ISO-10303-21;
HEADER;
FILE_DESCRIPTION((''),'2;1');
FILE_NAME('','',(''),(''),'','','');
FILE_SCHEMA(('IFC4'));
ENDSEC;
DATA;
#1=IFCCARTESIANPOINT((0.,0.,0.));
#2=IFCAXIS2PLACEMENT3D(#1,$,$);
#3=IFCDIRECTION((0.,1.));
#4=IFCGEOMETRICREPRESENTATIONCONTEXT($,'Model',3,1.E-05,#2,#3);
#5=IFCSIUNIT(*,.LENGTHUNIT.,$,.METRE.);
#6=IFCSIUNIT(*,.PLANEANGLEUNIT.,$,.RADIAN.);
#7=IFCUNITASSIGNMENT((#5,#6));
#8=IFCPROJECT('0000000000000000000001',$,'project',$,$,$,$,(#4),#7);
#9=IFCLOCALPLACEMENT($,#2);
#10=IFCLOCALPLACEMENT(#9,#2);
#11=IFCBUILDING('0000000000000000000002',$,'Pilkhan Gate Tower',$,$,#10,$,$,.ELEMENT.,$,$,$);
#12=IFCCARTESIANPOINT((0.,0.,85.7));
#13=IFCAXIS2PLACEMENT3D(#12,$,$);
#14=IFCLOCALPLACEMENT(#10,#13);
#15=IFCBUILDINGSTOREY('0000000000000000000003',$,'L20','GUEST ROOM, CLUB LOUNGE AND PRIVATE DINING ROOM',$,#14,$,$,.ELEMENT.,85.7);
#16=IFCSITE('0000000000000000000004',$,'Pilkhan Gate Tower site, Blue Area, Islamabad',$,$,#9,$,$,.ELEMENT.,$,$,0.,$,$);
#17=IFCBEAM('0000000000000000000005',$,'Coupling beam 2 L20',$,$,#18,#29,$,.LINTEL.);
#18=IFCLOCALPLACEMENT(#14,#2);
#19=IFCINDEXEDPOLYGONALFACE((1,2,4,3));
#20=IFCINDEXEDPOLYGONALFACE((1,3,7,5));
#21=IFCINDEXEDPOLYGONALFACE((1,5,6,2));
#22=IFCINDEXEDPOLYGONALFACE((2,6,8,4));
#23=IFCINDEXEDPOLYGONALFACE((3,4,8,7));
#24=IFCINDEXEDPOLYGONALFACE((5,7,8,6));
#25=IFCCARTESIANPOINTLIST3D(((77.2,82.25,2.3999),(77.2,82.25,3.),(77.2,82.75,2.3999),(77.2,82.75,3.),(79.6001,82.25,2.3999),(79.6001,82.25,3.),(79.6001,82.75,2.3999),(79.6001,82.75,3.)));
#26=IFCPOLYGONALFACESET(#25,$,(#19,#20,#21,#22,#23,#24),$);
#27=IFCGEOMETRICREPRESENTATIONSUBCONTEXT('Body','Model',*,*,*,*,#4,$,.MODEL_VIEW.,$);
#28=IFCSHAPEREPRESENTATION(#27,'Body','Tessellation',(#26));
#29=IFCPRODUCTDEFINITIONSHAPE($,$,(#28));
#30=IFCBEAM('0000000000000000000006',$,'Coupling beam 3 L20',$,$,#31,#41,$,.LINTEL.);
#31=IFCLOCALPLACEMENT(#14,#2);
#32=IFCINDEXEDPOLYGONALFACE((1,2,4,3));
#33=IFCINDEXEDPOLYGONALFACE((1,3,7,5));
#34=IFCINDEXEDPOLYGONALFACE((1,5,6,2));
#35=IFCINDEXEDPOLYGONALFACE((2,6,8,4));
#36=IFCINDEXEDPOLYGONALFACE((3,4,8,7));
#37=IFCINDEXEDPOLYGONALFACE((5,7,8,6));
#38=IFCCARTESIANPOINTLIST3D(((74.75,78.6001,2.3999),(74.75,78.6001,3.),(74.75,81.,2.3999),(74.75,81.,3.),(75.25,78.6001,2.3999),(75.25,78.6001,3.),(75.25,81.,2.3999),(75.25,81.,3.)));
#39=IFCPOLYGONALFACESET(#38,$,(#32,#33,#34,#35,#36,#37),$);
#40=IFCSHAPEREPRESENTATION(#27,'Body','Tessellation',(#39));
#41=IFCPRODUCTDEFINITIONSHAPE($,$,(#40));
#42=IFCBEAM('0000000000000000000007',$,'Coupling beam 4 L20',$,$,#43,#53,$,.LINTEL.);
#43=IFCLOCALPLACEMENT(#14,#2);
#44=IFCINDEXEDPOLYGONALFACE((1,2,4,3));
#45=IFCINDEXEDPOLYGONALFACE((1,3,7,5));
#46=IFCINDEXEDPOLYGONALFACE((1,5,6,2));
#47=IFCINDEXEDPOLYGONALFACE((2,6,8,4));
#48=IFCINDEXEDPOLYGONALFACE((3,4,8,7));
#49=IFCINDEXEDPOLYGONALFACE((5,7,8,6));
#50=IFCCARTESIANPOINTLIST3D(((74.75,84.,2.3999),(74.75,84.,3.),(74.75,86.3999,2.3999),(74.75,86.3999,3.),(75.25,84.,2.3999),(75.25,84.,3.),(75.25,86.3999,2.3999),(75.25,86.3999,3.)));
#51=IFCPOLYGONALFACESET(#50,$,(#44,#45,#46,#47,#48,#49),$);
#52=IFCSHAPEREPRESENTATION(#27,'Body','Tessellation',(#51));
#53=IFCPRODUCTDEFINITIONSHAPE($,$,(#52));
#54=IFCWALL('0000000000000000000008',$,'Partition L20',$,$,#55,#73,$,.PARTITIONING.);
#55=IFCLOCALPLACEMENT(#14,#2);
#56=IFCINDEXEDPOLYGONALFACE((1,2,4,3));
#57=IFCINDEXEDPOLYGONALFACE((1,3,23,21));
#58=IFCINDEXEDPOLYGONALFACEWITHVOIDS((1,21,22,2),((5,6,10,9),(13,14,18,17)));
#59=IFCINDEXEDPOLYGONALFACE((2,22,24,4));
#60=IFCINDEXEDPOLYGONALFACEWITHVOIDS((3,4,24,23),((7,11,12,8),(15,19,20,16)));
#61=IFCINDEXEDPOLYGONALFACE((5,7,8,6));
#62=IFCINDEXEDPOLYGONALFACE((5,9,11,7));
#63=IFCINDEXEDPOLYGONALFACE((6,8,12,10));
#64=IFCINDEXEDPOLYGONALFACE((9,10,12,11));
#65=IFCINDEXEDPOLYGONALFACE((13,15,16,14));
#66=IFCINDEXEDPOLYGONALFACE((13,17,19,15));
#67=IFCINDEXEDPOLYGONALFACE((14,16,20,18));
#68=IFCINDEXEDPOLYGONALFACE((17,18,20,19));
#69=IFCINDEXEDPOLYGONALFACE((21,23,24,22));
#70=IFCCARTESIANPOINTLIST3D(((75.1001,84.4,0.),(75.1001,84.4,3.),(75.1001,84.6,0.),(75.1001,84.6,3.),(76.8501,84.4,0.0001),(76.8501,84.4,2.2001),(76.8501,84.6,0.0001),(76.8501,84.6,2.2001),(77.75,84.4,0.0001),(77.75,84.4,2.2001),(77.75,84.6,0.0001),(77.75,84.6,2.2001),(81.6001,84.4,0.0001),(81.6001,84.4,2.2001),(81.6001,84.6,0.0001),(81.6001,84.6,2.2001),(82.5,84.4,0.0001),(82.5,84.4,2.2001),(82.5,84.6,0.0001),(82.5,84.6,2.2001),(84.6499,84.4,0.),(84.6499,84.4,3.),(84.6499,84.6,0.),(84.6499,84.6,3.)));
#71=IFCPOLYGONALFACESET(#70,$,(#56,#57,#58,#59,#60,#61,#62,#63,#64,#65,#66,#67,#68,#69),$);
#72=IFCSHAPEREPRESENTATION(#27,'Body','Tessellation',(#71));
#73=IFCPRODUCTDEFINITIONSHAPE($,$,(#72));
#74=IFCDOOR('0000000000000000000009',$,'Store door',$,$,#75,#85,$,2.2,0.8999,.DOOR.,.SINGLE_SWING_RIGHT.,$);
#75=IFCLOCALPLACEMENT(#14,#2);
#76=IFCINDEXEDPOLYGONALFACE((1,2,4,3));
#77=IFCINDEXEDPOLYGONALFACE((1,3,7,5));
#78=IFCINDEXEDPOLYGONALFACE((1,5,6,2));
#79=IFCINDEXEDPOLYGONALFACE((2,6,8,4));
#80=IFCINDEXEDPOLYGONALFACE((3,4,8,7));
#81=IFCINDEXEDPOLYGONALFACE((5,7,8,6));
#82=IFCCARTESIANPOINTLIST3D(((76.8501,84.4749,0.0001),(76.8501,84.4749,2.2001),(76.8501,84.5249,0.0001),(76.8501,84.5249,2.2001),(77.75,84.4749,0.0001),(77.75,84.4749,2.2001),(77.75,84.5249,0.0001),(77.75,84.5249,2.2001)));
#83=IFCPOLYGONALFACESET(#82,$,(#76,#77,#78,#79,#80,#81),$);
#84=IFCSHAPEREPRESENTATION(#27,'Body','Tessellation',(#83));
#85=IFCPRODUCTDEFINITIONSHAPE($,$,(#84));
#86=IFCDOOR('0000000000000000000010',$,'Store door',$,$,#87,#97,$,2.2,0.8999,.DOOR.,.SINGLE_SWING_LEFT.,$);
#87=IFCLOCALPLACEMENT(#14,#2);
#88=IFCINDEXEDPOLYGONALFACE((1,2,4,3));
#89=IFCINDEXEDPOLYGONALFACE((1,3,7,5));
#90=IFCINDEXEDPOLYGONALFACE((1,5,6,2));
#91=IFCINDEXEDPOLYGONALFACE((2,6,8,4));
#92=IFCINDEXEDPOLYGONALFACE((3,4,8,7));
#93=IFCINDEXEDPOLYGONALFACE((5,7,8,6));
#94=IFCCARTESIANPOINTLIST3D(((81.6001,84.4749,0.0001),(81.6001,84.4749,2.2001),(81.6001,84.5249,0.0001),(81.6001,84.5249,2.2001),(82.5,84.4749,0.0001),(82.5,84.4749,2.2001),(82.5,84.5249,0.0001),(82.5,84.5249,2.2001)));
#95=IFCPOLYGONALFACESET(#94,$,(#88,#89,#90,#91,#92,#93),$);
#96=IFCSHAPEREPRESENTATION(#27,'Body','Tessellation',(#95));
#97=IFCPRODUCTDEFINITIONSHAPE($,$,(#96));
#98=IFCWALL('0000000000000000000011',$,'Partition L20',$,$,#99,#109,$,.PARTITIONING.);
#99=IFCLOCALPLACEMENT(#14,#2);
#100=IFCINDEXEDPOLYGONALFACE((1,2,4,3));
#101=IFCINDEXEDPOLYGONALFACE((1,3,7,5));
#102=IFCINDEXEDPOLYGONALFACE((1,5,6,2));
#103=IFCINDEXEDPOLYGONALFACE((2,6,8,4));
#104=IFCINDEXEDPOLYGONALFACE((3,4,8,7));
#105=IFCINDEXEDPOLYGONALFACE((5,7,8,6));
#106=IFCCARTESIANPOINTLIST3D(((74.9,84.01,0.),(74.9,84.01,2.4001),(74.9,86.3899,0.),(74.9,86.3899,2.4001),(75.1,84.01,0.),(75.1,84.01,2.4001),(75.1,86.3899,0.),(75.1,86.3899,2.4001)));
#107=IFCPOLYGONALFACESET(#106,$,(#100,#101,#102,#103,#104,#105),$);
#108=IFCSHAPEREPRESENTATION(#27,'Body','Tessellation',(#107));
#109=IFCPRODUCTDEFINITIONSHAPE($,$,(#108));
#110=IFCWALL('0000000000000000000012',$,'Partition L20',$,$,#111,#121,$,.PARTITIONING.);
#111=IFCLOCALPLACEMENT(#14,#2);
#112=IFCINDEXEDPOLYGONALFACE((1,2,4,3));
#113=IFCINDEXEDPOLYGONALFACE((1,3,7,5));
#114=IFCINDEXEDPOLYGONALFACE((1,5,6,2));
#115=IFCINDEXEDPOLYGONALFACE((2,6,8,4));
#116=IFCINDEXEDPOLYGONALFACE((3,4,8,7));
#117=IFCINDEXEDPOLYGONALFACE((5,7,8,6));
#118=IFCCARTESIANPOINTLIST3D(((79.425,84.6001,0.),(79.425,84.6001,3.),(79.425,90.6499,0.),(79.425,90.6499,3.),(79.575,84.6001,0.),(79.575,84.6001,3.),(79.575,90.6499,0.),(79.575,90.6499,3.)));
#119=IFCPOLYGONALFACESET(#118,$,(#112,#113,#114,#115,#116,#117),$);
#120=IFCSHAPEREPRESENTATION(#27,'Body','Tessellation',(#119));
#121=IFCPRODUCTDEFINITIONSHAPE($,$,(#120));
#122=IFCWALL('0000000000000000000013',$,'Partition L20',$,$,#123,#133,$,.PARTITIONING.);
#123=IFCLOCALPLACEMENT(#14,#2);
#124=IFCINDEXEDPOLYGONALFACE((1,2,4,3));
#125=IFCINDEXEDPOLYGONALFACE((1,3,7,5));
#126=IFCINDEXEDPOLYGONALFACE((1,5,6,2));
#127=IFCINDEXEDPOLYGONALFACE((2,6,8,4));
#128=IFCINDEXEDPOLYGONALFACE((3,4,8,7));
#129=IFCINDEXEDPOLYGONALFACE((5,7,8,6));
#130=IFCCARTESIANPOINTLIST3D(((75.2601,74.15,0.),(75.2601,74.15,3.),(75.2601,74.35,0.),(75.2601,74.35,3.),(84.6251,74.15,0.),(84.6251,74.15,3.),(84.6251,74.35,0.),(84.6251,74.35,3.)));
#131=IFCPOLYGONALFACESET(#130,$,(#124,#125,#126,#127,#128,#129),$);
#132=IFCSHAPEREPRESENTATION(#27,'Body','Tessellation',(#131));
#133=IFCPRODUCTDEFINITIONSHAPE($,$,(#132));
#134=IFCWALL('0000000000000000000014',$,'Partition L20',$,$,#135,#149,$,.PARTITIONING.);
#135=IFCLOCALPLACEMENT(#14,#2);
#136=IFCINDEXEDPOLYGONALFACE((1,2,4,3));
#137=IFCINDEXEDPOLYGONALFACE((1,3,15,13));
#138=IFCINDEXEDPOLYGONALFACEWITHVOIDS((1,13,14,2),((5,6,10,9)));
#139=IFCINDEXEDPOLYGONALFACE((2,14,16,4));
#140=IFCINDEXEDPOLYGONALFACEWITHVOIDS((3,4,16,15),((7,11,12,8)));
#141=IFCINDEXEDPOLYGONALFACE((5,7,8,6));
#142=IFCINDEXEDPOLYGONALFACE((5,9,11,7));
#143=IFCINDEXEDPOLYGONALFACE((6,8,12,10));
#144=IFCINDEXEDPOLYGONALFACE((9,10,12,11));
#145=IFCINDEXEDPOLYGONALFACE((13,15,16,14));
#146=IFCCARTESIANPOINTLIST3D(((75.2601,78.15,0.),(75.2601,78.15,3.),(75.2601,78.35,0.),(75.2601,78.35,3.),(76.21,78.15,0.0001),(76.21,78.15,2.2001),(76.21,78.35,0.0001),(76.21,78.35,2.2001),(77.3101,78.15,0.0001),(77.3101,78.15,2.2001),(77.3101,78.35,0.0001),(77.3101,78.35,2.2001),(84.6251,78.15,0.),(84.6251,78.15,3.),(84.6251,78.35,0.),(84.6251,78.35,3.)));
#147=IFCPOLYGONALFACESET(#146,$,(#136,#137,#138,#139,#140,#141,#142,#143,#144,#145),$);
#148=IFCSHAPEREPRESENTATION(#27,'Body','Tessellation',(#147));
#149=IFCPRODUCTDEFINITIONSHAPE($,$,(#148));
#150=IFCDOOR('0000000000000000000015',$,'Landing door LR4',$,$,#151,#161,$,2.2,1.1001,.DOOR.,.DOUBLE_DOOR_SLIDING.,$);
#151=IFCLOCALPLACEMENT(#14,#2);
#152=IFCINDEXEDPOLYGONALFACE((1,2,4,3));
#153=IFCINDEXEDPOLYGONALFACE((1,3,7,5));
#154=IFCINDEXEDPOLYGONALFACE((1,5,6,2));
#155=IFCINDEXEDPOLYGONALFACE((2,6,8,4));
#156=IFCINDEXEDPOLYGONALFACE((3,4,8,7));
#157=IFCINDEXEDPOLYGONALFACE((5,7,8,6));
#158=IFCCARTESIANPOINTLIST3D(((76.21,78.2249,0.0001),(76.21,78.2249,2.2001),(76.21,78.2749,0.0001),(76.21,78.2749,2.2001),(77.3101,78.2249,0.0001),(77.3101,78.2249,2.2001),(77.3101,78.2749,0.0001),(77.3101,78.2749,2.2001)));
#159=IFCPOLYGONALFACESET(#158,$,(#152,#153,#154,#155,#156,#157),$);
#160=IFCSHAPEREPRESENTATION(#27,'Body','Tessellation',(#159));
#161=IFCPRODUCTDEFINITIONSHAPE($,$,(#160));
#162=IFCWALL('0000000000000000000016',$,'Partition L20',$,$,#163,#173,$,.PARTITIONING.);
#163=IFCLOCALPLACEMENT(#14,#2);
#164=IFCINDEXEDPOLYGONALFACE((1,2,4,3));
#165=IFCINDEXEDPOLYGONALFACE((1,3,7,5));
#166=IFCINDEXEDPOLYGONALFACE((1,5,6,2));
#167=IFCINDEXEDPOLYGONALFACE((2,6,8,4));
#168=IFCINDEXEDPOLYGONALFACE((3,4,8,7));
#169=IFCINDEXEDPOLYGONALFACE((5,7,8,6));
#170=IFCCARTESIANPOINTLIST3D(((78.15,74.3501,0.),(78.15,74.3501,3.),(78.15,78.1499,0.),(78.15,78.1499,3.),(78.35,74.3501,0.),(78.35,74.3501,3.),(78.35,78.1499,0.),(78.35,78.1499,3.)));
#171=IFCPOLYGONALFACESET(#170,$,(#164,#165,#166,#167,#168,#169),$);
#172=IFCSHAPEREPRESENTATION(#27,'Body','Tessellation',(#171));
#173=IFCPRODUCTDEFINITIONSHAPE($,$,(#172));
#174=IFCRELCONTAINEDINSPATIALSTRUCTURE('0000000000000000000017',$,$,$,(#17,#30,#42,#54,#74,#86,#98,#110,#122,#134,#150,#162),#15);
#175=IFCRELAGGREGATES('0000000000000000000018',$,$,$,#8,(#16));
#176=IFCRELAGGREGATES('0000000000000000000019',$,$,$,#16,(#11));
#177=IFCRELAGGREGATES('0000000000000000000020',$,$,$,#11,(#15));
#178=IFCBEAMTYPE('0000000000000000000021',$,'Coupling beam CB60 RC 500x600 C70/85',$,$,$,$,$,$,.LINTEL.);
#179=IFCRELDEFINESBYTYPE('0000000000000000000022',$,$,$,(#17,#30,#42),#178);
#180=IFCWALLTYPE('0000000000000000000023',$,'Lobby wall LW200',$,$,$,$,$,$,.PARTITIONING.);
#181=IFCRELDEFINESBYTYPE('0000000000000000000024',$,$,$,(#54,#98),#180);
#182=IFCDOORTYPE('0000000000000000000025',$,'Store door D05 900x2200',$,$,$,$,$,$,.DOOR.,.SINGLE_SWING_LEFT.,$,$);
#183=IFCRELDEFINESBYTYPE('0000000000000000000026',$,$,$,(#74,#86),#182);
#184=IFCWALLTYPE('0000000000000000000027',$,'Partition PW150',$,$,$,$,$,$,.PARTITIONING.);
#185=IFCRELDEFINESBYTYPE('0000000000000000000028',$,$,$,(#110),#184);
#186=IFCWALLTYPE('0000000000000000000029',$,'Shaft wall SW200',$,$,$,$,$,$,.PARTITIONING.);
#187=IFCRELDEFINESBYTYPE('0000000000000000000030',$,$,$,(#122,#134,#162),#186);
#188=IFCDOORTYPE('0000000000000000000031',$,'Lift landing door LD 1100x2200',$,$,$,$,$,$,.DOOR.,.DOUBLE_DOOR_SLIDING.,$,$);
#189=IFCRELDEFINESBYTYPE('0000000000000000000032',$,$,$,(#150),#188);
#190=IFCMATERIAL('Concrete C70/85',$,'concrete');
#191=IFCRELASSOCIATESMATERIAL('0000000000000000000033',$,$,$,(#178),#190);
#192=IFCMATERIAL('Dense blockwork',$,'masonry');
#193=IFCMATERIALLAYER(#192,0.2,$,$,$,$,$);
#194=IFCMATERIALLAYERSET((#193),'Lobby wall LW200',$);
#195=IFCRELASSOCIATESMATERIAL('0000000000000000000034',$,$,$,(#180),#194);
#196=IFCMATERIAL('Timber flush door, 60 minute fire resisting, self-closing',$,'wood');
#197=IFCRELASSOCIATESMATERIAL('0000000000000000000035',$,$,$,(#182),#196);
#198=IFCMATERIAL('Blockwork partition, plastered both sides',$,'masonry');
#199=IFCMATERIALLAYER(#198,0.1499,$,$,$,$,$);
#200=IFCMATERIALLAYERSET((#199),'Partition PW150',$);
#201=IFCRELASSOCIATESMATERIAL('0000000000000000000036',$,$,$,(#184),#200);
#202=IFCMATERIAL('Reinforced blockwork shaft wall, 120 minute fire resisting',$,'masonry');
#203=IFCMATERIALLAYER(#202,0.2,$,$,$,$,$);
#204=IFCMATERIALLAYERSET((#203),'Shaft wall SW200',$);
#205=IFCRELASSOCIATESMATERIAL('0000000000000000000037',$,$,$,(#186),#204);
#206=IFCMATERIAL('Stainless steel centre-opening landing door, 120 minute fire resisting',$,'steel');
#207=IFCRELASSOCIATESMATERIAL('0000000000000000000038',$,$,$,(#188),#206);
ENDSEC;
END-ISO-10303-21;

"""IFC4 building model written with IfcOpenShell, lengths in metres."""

from ifc_helpers import new_model, si_unit, direction, frame, frame_2d, origin, origin_2d, place, context, subcontext, project, spatial, rectangle, extrude, material, layer, layer_set, material_profile, profile_set, type_object, element, fill, save


model = new_model("IFC4")

# Units and contexts
model_context = context("Model", 3, precision=1e-05, world=origin(), true_north=direction((0.0, 1.0)))
body_context = subcontext(model_context, "Body", "Model", "MODEL_VIEW")
ifc_project = project(units=[si_unit("LENGTHUNIT", "METRE"), si_unit("PLANEANGLEUNIT", "RADIAN")], contexts=[model_context])

# Site, building, storey
site_placement = place(None, origin())
site = spatial("IfcSite", under=ifc_project, at=site_placement, Name="Pilkhan Gate Tower site, Blue Area, Islamabad", CompositionType="ELEMENT", RefElevation=0.0)
building_placement = place(site_placement, origin())
building = spatial("IfcBuilding", under=site, at=building_placement, Name="Pilkhan Gate Tower", CompositionType="ELEMENT")
storey_placement = place(building_placement, frame((0.0, 0.0, 85.7)))
storey = spatial("IfcBuildingStorey", under=building, at=storey_placement, Name="L20", Description="GUEST ROOM, CLUB LOUNGE AND PRIVATE DINING ROOM", CompositionType="ELEMENT", Elevation=85.7)

# Beams
ifc_material_1 = material(Name="Concrete C70/85", Category="concrete")
ifc_material_profile = material_profile(ifc_material_1, rectangle(XDim=0.5, YDim=0.6001, at=origin_2d()), Name="RC 500x600")
ifc_profile_set = profile_set([ifc_material_profile], Name="Concrete C70/85")
beam_type = type_object("IfcBeamType", Name="Coupling beam CB60 RC 500x600 C70/85", PredefinedType="LINTEL", material=ifc_profile_set)
beam_placement = place(storey_placement, frame((77.2, 82.5, 2.7), z_axis=(1.0, 0.0, 0.0), x_axis=(0.0, 1.0, 0.0)))
element("IfcBeam", 1, at=beam_placement, inside=storey, type_object=beam_type, Name="Coupling beam 2 L20", PredefinedType="LINTEL", context=body_context, shape_type="SweptSolid", body=[
    extrude(rectangle(XDim=0.5, YDim=0.6001, at=origin_2d()), origin(), (0.0, 0.0, 1.0), 2.4001),
])
for number, where, z_axis, x_axis, name in (
    (2, (75.0, 78.6001, 2.7), (0.0, 1.0, 0.0), (-1.0, 0.0, 0.0), "Coupling beam 3 L20"),
    (3, (75.0, 84.0, 2.7), (0.0, 1.0, 0.0), (-1.0, 0.0, 0.0), "Coupling beam 4 L20"),
):
    element("IfcBeam", number, at=place(storey_placement, frame(where, z_axis=z_axis, x_axis=x_axis)), inside=storey, type_object=beam_type, Name=name, PredefinedType="LINTEL", context=body_context, shape_type="SweptSolid", body=[
        extrude(rectangle(XDim=0.5, YDim=0.6001, at=origin_2d()), origin(), (0.0, 0.0, 1.0), 2.3999),
    ])

# Wall, openings, doors
ifc_material_2 = material(Name="Dense blockwork", Category="masonry")
ifc_layer_1 = layer(ifc_material_2, 0.2)
ifc_layer_set_1 = layer_set([ifc_layer_1], Name="Lobby wall LW200")
wall_type_1 = type_object("IfcWallType", Name="Lobby wall LW200", PredefinedType="PARTITIONING", material=ifc_layer_set_1)
wall_1_placement = place(storey_placement, frame((75.1001, 84.5, 0.0), z_axis=(0.0, 0.0, 1.0), x_axis=(1.0, 0.0, 0.0)))
wall_1 = element("IfcWall", 4, at=wall_1_placement, inside=storey, type_object=wall_type_1, Name="Partition L20", PredefinedType="PARTITIONING", context=body_context, shape_type="SweptSolid", body=[
    extrude(rectangle(XDim=9.5498, YDim=0.2, at=frame_2d((4.7749, 0.0))), origin(), (0.0, 0.0, 1.0), 3.0),
])
opening_1_placement = place(wall_1_placement, frame((1.75, 0.0, 0.0)))
opening_1 = element("IfcOpeningElement", 5, at=opening_1_placement, cuts=wall_1, PredefinedType="OPENING", context=body_context, shape_type="SweptSolid", body=[
    extrude(rectangle(XDim=0.8999, YDim=2.2, at=frame_2d((0.45, 1.1001))), frame((0.0, 0.1099, 0.0), z_axis=(0.0, -1.0, 0.0), x_axis=(1.0, 0.0, 0.0)), (0.0, 0.0, 1.0), 0.22),
])
opening_2_placement = place(wall_1_placement, frame((6.5, 0.0, 0.0)))
opening_2 = element("IfcOpeningElement", 6, at=opening_2_placement, cuts=wall_1, PredefinedType="OPENING", context=body_context, shape_type="SweptSolid", body=[
    extrude(rectangle(XDim=0.8999, YDim=2.2, at=frame_2d((0.45, 1.1001))), frame((0.0, 0.1099, 0.0), z_axis=(0.0, -1.0, 0.0), x_axis=(1.0, 0.0, 0.0)), (0.0, 0.0, 1.0), 0.22),
])
ifc_material_3 = material(Name="Timber flush door, 60 minute fire resisting, self-closing", Category="wood")
door_type_1 = type_object("IfcDoorType", Name="Store door D05 900x2200", OperationType="SINGLE_SWING_LEFT", PredefinedType="DOOR", material=ifc_material_3)
door_1_placement = place(opening_1_placement, origin())
door_1 = element("IfcDoor", 7, at=door_1_placement, inside=storey, type_object=door_type_1, Name="Store door", OperationType="SINGLE_SWING_RIGHT", OverallHeight=2.2, OverallWidth=0.8999, PredefinedType="DOOR", context=body_context, shape_type="SweptSolid", body=[
    extrude(rectangle(XDim=0.8999, YDim=2.2, at=frame_2d((0.45, 1.1001))), frame((0.0, 0.0249, 0.0), z_axis=(0.0, -1.0, 0.0), x_axis=(1.0, 0.0, 0.0)), (0.0, 0.0, 1.0), 0.05),
])
fill(opening_1, door_1)
door_2_placement = place(opening_2_placement, origin())
door_2 = element("IfcDoor", 8, at=door_2_placement, inside=storey, type_object=door_type_1, Name="Store door", OperationType="SINGLE_SWING_LEFT", OverallHeight=2.2, OverallWidth=0.8999, PredefinedType="DOOR", context=body_context, shape_type="SweptSolid", body=[
    extrude(rectangle(XDim=0.8999, YDim=2.2, at=frame_2d((0.45, 1.1001))), frame((0.0, 0.0249, 0.0), z_axis=(0.0, -1.0, 0.0), x_axis=(1.0, 0.0, 0.0)), (0.0, 0.0, 1.0), 0.05),
])
fill(opening_2, door_2)

# Walls
wall_2_placement = place(storey_placement, frame((75.0, 84.01, 0.0), z_axis=(0.0, 0.0, 1.0), x_axis=(0.0, 1.0, 0.0)))
element("IfcWall", 9, at=wall_2_placement, inside=storey, type_object=wall_type_1, Name="Partition L20", PredefinedType="PARTITIONING", context=body_context, shape_type="SweptSolid", body=[
    extrude(rectangle(XDim=2.3799, YDim=0.2, at=frame_2d((1.1899, 0.0))), origin(), (0.0, 0.0, 1.0), 2.4001),
])
ifc_material_4 = material(Name="Blockwork partition, plastered both sides", Category="masonry")
ifc_layer_2 = layer(ifc_material_4, 0.1499)
ifc_layer_set_2 = layer_set([ifc_layer_2], Name="Partition PW150")
wall_type_2 = type_object("IfcWallType", Name="Partition PW150", PredefinedType="PARTITIONING", material=ifc_layer_set_2)
wall_3_placement = place(storey_placement, frame((79.5, 84.6001, 0.0), z_axis=(0.0, 0.0, 1.0), x_axis=(0.0, 1.0, 0.0)))
element("IfcWall", 10, at=wall_3_placement, inside=storey, type_object=wall_type_2, Name="Partition L20", PredefinedType="PARTITIONING", context=body_context, shape_type="SweptSolid", body=[
    extrude(rectangle(XDim=6.0498, YDim=0.1499, at=frame_2d((3.0249, 0.0))), origin(), (0.0, 0.0, 1.0), 3.0),
])
ifc_material_5 = material(Name="Reinforced blockwork shaft wall, 120 minute fire resisting", Category="masonry")
ifc_layer_3 = layer(ifc_material_5, 0.2)
ifc_layer_set_3 = layer_set([ifc_layer_3], Name="Shaft wall SW200")
wall_type_3 = type_object("IfcWallType", Name="Shaft wall SW200", PredefinedType="PARTITIONING", material=ifc_layer_set_3)
wall_4_placement = place(storey_placement, frame((75.26, 74.25, 0.0), z_axis=(0.0, 0.0, 1.0), x_axis=(1.0, 0.0, 0.0)))
element("IfcWall", 11, at=wall_4_placement, inside=storey, type_object=wall_type_3, Name="Partition L20", PredefinedType="PARTITIONING", context=body_context, shape_type="SweptSolid", body=[
    extrude(rectangle(XDim=9.365, YDim=0.2, at=frame_2d((4.6826, 0.0))), origin(), (0.0, 0.0, 1.0), 3.0),
])

# Wall, opening, door
wall_5_placement = place(storey_placement, frame((75.26, 78.25, 0.0), z_axis=(0.0, 0.0, 1.0), x_axis=(1.0, 0.0, 0.0)))
wall_5 = element("IfcWall", 12, at=wall_5_placement, inside=storey, type_object=wall_type_3, Name="Partition L20", PredefinedType="PARTITIONING", context=body_context, shape_type="SweptSolid", body=[
    extrude(rectangle(XDim=9.365, YDim=0.2, at=frame_2d((4.6826, 0.0))), origin(), (0.0, 0.0, 1.0), 3.0),
])
opening_3_placement = place(wall_5_placement, frame((0.95, 0.0, 0.0)))
opening_3 = element("IfcOpeningElement", 13, at=opening_3_placement, cuts=wall_5, PredefinedType="OPENING", context=body_context, shape_type="SweptSolid", body=[
    extrude(rectangle(XDim=1.1001, YDim=2.2, at=frame_2d((0.55, 1.1001))), frame((0.0, 0.1099, 0.0), z_axis=(0.0, -1.0, 0.0), x_axis=(1.0, 0.0, 0.0)), (0.0, 0.0, 1.0), 0.22),
])
ifc_material_6 = material(Name="Stainless steel centre-opening landing door, 120 minute fire resisting", Category="steel")
door_type_2 = type_object("IfcDoorType", Name="Lift landing door LD 1100x2200", OperationType="DOUBLE_DOOR_SLIDING", PredefinedType="DOOR", material=ifc_material_6)
door_3_placement = place(opening_3_placement, origin())
door_3 = element("IfcDoor", 14, at=door_3_placement, inside=storey, type_object=door_type_2, Name="Landing door LR4", OperationType="DOUBLE_DOOR_SLIDING", OverallHeight=2.2, OverallWidth=1.1001, PredefinedType="DOOR", context=body_context, shape_type="SweptSolid", body=[
    extrude(rectangle(XDim=1.1001, YDim=2.2, at=frame_2d((0.55, 1.1001))), frame((0.0, 0.0249, 0.0), z_axis=(0.0, -1.0, 0.0), x_axis=(1.0, 0.0, 0.0)), (0.0, 0.0, 1.0), 0.05),
])
fill(opening_3, door_3)

# Wall
for number, where, z_axis, x_axis, name in (
    (15, (78.25, 74.3501, 0.0), (0.0, 0.0, 1.0), (0.0, 1.0, 0.0), "Partition L20"),
):
    element("IfcWall", number, at=place(storey_placement, frame(where, z_axis=z_axis, x_axis=x_axis)), inside=storey, type_object=wall_type_3, Name=name, PredefinedType="PARTITIONING", context=body_context, shape_type="SweptSolid", body=[
        extrude(rectangle(XDim=3.7998, YDim=0.2, at=frame_2d((1.8999, 0.0))), origin(), (0.0, 0.0, 1.0), 3.0),
    ])

save(model, "model.ifc")
